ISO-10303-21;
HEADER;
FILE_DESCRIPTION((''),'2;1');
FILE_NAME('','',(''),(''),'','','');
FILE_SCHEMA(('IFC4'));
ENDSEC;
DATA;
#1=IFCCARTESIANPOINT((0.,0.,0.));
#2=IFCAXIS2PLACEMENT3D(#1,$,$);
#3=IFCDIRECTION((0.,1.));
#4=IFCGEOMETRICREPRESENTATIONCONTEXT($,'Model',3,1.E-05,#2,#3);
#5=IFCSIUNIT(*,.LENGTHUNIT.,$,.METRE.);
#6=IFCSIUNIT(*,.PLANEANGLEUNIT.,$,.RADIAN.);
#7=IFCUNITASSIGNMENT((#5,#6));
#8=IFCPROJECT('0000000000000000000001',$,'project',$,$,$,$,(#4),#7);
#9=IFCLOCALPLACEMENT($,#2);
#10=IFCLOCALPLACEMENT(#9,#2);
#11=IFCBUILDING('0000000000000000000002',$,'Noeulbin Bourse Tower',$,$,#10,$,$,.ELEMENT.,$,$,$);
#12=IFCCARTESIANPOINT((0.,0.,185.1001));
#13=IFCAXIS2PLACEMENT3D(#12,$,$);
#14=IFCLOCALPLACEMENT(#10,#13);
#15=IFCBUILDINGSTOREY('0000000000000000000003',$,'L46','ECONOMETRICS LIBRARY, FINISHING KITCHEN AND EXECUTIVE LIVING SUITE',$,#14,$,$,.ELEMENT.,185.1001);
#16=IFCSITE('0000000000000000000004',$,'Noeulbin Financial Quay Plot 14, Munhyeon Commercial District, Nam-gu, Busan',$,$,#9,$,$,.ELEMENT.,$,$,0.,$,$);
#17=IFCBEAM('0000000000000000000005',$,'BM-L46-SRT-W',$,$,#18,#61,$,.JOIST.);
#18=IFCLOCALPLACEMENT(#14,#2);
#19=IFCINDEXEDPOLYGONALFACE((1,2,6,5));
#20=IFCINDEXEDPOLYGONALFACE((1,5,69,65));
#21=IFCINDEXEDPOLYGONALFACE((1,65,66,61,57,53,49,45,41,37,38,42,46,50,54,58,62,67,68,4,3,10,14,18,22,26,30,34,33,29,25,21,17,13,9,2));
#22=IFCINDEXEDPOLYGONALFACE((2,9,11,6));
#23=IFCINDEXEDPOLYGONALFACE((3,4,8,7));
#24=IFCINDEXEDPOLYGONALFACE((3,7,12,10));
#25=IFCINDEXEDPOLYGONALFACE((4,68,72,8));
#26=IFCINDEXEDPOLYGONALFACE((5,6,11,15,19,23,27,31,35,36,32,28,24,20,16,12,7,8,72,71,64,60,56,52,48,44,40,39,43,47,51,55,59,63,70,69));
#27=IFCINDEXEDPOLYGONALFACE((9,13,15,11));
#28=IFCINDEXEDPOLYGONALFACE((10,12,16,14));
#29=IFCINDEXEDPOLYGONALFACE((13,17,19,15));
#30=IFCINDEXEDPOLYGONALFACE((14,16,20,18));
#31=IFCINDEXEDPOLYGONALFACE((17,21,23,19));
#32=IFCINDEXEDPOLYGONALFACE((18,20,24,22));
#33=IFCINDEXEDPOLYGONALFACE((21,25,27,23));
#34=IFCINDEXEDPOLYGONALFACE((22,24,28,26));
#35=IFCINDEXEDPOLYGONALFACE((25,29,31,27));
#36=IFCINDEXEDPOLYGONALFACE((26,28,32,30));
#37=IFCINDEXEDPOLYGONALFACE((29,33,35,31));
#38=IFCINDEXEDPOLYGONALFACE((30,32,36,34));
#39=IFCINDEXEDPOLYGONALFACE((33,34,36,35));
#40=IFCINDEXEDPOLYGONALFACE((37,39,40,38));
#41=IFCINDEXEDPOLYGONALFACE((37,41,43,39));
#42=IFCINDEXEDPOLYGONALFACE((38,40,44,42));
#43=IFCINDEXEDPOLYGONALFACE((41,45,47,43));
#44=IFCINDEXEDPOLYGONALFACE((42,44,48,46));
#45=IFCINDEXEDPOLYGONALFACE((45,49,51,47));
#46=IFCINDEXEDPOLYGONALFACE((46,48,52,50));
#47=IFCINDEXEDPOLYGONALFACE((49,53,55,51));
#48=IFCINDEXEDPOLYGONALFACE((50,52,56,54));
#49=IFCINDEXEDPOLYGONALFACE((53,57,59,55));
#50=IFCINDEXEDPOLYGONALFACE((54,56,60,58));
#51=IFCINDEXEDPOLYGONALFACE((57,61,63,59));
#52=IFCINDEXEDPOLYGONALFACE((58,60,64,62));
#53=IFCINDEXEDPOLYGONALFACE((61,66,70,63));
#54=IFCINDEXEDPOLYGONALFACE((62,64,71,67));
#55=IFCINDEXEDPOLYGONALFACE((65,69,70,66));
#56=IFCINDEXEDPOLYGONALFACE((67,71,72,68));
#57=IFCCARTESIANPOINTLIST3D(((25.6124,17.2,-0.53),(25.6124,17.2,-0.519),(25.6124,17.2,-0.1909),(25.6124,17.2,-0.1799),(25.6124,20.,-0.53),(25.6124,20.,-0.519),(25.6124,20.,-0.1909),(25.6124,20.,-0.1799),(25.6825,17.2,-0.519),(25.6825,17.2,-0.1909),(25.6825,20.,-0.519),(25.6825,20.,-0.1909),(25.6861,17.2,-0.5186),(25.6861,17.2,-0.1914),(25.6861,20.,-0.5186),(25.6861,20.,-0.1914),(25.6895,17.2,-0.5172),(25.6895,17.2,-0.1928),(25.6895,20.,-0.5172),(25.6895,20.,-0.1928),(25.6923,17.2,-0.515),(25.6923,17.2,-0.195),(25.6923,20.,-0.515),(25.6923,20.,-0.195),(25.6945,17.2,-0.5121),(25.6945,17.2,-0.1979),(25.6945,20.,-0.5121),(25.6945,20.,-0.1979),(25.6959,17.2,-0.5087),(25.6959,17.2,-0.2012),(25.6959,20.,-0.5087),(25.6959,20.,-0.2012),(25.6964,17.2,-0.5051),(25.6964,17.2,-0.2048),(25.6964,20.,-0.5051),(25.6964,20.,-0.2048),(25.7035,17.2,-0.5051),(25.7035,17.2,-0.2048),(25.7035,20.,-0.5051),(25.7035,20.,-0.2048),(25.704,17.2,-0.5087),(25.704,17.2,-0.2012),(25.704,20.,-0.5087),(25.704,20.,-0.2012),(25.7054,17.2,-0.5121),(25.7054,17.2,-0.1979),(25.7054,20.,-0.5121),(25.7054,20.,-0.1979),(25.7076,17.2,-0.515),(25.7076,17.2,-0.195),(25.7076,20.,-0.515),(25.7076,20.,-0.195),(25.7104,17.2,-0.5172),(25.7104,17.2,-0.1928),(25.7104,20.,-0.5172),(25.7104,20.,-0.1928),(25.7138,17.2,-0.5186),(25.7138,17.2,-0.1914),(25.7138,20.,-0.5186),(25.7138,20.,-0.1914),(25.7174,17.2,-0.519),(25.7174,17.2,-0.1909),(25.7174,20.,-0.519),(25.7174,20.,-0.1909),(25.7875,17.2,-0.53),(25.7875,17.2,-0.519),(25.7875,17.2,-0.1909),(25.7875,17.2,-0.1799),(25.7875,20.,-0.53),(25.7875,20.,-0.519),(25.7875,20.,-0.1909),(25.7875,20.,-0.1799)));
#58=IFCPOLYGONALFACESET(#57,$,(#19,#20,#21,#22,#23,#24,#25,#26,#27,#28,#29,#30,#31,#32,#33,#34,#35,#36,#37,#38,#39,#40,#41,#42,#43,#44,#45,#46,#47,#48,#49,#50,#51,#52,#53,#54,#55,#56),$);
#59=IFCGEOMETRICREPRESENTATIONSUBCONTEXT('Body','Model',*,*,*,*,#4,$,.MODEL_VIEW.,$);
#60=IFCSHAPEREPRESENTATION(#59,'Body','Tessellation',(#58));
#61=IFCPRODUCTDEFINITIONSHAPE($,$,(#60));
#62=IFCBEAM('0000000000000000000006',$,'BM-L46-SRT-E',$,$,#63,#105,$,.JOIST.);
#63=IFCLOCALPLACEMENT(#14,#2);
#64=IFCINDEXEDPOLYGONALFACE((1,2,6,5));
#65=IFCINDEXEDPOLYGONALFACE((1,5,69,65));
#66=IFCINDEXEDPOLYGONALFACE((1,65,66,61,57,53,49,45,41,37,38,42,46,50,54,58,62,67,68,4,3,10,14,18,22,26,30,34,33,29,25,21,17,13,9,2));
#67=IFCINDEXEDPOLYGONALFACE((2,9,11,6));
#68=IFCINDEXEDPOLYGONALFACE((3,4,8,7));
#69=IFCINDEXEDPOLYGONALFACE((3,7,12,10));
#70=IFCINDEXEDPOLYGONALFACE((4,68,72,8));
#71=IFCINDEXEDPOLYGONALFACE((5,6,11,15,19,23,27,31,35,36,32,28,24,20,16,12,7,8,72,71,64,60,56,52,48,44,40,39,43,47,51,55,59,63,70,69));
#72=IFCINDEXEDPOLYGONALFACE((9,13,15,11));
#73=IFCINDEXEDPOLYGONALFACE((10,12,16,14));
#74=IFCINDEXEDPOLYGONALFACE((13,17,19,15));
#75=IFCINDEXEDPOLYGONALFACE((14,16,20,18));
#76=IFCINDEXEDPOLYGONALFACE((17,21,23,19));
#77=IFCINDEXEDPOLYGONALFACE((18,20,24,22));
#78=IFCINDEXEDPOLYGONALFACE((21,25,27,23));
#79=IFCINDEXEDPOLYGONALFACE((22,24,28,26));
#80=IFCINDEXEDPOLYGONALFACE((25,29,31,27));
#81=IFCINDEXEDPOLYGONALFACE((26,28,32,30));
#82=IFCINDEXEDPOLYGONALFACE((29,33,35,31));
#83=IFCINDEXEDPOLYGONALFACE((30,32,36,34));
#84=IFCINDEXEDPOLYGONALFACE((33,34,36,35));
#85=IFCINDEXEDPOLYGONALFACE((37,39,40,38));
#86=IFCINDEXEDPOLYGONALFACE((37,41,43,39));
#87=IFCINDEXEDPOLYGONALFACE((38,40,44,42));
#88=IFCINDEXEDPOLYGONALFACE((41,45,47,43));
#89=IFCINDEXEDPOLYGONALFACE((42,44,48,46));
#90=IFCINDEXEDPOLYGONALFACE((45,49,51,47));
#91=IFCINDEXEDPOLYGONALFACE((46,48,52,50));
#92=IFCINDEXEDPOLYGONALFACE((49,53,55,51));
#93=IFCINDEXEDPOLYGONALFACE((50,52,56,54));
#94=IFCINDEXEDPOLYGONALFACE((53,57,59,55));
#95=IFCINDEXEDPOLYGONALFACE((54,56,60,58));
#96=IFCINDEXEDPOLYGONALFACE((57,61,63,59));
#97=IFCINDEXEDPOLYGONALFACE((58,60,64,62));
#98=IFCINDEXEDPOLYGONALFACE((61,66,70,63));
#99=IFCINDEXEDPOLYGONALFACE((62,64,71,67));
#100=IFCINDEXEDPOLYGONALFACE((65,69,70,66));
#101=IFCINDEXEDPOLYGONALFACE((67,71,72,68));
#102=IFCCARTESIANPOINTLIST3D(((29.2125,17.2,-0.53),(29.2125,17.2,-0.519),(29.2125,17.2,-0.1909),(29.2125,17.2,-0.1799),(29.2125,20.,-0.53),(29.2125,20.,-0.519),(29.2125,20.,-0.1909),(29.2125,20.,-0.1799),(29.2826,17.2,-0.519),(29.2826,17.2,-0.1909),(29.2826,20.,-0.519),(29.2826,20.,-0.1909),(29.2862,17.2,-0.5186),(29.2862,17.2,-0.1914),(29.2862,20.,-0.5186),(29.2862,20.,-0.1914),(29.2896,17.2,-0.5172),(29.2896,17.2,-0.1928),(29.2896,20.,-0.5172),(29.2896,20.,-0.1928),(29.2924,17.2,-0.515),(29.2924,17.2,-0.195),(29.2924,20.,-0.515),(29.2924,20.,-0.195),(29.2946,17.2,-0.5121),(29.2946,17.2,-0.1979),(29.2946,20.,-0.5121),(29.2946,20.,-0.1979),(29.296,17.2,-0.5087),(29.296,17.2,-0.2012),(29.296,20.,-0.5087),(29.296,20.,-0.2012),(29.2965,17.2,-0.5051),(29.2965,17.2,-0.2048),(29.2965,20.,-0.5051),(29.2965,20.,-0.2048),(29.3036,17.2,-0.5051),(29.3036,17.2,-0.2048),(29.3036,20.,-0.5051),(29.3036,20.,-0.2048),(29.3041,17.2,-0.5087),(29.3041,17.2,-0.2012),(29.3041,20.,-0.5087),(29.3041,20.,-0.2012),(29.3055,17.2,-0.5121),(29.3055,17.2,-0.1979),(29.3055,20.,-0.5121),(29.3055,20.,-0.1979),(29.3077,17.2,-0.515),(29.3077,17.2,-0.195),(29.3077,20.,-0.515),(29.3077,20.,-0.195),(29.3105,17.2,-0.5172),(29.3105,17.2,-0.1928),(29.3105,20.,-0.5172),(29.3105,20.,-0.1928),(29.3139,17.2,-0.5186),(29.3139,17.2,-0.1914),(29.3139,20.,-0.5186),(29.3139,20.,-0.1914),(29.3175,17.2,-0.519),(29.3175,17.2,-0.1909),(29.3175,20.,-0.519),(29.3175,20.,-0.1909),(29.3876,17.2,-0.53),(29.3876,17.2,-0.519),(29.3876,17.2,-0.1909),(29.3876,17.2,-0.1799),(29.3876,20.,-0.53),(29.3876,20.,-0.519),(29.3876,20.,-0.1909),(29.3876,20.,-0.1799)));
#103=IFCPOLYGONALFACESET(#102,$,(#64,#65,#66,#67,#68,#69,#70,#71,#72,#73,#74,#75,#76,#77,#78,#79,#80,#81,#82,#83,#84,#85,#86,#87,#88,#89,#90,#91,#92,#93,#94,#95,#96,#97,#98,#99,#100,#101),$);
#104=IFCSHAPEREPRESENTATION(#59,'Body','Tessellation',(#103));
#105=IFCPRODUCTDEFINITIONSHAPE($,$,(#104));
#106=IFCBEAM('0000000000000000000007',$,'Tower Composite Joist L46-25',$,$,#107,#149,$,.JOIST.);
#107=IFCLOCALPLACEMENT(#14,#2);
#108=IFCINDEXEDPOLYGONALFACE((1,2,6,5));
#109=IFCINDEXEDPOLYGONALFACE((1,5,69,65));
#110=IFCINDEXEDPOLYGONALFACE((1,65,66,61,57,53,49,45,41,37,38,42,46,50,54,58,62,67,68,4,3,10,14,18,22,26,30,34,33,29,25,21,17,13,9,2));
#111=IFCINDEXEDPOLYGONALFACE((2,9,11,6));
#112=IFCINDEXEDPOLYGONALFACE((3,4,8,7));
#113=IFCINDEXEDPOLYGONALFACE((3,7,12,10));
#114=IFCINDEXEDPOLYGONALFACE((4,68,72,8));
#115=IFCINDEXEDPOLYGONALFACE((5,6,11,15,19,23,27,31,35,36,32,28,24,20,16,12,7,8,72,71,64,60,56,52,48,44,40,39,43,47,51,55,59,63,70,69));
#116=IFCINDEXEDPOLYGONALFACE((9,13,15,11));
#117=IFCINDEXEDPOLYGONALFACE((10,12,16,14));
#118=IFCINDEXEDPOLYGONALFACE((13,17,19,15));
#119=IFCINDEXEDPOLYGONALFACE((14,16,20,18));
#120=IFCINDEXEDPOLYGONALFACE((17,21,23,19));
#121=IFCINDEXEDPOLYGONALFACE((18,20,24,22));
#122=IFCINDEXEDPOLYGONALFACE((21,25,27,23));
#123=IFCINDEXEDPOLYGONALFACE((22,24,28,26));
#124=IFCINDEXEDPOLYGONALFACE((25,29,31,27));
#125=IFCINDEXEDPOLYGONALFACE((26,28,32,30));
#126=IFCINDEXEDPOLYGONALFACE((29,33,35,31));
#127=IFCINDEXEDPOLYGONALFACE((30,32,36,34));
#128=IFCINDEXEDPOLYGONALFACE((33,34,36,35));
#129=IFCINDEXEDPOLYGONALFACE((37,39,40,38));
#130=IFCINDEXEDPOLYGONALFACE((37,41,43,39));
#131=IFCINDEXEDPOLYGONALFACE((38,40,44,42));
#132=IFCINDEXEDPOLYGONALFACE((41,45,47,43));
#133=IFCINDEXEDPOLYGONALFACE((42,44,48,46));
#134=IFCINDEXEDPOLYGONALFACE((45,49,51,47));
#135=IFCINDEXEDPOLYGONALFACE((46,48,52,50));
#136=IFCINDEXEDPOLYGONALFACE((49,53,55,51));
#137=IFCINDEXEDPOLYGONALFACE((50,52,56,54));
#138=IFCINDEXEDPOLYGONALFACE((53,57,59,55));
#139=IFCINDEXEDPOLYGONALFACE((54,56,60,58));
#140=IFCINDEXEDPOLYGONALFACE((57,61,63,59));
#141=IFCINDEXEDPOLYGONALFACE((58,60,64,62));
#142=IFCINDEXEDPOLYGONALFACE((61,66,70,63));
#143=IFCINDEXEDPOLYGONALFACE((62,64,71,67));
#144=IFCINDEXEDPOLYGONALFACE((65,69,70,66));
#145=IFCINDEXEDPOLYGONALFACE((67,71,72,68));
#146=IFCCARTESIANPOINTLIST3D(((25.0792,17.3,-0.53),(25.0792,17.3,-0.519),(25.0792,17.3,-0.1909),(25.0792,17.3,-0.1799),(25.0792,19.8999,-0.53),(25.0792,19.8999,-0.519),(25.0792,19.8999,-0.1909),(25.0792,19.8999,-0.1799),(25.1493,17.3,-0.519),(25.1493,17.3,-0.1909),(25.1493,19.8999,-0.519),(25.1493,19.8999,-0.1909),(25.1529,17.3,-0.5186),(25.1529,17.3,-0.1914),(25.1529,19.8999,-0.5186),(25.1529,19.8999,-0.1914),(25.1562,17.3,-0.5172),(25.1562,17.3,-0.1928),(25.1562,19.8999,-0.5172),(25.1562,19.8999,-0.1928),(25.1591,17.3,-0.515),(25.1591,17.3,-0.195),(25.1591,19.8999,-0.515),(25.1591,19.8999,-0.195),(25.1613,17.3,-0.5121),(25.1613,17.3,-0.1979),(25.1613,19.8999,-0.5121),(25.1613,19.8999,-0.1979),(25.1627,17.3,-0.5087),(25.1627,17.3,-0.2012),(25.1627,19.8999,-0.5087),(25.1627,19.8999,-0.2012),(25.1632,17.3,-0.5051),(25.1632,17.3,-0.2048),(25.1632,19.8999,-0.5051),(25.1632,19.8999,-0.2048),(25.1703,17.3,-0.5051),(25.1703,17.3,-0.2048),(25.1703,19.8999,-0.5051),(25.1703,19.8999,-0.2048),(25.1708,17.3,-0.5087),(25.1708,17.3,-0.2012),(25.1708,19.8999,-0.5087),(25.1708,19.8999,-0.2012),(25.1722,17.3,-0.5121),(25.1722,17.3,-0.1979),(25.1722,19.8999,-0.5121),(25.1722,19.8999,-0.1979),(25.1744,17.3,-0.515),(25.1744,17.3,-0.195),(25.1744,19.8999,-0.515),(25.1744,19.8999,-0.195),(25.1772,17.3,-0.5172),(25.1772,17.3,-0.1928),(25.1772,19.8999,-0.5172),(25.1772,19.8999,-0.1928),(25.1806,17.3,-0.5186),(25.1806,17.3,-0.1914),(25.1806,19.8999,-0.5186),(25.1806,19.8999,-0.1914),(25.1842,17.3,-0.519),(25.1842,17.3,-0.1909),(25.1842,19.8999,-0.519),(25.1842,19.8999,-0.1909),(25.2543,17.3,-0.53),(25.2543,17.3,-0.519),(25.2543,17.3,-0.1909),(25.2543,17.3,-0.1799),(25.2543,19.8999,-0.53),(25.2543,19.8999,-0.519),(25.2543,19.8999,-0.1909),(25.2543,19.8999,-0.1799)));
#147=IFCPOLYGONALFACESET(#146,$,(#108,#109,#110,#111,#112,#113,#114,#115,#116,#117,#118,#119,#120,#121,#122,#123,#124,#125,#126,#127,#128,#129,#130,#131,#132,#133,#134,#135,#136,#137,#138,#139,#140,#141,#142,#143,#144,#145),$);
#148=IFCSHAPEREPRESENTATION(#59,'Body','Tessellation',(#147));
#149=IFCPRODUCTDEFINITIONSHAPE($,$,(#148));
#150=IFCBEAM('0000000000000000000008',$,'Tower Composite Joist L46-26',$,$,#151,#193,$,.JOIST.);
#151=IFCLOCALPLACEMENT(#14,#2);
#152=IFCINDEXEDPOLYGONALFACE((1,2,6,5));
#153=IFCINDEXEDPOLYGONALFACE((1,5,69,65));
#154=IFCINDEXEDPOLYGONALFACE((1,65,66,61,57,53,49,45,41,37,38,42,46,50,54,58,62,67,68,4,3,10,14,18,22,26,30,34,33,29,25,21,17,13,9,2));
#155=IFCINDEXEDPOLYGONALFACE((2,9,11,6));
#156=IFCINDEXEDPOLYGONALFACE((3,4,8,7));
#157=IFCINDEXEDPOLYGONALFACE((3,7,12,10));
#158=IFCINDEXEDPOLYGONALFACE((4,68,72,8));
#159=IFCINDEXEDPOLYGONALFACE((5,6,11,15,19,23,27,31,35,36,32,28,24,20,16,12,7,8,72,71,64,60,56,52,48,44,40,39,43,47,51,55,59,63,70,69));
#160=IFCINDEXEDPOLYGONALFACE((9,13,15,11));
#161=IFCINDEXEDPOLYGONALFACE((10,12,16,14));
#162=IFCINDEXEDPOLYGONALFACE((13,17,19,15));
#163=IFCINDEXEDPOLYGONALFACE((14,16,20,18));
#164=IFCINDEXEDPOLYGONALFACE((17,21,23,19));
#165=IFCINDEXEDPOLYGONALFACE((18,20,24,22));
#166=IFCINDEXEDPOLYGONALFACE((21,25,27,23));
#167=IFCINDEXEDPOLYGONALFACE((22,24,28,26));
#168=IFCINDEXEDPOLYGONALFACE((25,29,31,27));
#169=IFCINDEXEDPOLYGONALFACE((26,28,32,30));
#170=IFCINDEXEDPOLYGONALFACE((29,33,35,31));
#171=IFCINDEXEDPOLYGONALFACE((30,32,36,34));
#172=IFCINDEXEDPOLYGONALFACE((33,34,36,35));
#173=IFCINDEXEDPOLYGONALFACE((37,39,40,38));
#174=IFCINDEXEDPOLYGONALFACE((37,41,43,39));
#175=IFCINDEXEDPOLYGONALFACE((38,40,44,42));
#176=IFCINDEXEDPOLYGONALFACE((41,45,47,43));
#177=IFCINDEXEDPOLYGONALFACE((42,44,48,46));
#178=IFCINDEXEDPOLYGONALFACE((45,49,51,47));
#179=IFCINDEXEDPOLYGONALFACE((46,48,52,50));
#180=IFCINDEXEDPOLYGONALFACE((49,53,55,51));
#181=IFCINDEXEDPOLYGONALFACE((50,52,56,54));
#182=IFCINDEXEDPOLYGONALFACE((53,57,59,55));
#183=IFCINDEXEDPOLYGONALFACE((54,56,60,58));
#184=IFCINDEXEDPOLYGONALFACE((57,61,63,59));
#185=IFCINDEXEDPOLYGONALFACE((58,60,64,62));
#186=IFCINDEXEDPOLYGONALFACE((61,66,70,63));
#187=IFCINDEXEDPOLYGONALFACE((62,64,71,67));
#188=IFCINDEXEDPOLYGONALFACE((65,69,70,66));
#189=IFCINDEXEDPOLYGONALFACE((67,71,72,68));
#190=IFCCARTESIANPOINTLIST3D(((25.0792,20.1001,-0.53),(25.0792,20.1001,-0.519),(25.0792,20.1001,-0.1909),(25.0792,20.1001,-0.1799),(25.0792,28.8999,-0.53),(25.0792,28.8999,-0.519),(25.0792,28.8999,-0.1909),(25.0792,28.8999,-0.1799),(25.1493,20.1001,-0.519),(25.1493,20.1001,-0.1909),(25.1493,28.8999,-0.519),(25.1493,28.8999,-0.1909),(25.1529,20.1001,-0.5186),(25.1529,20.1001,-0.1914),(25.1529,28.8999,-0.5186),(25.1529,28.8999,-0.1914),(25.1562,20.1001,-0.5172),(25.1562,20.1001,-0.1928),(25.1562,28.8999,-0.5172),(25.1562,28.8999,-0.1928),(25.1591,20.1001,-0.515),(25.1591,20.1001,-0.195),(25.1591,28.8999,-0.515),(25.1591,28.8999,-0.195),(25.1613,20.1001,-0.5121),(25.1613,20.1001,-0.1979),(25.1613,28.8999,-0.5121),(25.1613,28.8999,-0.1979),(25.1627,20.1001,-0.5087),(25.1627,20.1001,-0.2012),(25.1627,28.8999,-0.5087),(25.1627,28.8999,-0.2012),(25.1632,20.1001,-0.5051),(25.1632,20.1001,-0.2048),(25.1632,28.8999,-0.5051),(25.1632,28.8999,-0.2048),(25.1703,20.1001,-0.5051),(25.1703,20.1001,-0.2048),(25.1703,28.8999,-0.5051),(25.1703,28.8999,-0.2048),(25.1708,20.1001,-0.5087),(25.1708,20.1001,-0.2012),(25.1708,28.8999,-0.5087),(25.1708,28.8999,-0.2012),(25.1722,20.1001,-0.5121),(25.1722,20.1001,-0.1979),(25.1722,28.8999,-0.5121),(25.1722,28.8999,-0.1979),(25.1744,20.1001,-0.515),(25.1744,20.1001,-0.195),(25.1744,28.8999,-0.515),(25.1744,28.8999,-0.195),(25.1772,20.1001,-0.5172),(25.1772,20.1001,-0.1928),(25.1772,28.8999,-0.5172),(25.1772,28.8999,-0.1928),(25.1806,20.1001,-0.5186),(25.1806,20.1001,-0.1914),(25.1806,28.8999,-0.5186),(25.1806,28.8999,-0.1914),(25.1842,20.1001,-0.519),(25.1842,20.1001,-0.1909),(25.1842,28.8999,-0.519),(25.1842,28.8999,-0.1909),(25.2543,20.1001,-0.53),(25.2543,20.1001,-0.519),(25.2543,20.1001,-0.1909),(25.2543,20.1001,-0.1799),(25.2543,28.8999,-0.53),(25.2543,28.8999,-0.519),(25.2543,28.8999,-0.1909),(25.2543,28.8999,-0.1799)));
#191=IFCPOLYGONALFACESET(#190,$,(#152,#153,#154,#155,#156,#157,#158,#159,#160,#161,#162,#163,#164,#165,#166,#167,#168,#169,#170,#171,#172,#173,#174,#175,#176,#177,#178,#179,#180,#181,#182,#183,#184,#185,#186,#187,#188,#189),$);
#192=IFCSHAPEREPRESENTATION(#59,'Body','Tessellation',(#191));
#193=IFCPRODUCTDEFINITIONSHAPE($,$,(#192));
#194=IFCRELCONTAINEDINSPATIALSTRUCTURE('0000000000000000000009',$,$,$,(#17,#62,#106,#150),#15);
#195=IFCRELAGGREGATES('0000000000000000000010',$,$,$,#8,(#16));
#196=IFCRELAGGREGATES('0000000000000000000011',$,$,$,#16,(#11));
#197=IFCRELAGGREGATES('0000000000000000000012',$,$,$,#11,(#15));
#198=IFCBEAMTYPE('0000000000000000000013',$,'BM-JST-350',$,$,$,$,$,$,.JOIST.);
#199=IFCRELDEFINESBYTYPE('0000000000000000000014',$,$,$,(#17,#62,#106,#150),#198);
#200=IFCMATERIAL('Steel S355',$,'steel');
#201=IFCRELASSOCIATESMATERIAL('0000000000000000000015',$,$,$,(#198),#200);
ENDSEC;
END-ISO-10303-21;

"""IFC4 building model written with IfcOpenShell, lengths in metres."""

from ifc_helpers import new_model, si_unit, direction, frame, origin, origin_2d, place, context, subcontext, project, spatial, i_section, extrude, material, material_profile, profile_set, type_object, element, save


model = new_model("IFC4")

# Units and contexts
model_context = context("Model", 3, precision=1e-05, world=origin(), true_north=direction((0.0, 1.0)))
body_context = subcontext(model_context, "Body", "Model", "MODEL_VIEW")
ifc_project = project(units=[si_unit("LENGTHUNIT", "METRE"), si_unit("PLANEANGLEUNIT", "RADIAN")], contexts=[model_context])

# Site, building, storey
site_placement = place(None, origin())
site = spatial("IfcSite", under=ifc_project, at=site_placement, Name="Noeulbin Financial Quay Plot 14, Munhyeon Commercial District, Nam-gu, Busan", CompositionType="ELEMENT", RefElevation=0.0)
building_placement = place(site_placement, origin())
building = spatial("IfcBuilding", under=site, at=building_placement, Name="Noeulbin Bourse Tower", CompositionType="ELEMENT")
storey_placement = place(building_placement, frame((0.0, 0.0, 185.1001)))
storey = spatial("IfcBuildingStorey", under=building, at=storey_placement, Name="L46", Description="ECONOMETRICS LIBRARY, FINISHING KITCHEN AND EXECUTIVE LIVING SUITE", CompositionType="ELEMENT", Elevation=185.1001)

# Beams
ifc_material_1 = material(Name="Steel S355", Category="steel")
ifc_material_profile_1 = material_profile(ifc_material_1, i_section(OverallWidth=0.175, OverallDepth=0.3501, WebThickness=0.0071, FlangeThickness=0.011, FilletRadius=0.0139, at=origin_2d()), Name="H-350x175x7x11", Category="LoadBearing")
ifc_profile_set_1 = profile_set([ifc_material_profile_1], Name="Steel S355")
beam_type_1 = type_object("IfcBeamType", Name="BM-JST-350", PredefinedType="JOIST", material=ifc_profile_set_1)
for number, where, z_axis, x_axis, name in (
    (1, (25.7, 17.2, -0.355), (0.0, 1.0, 0.0), (-1.0, 0.0, 0.0), "BM-L46-SRT-W"),
    (2, (29.3, 17.2, -0.355), (0.0, 1.0, 0.0), (-1.0, 0.0, 0.0), "BM-L46-SRT-E"),
):
    element("IfcBeam", number, at=place(storey_placement, frame(where, z_axis=z_axis, x_axis=x_axis)), inside=storey, type_object=beam_type_1, Name=name, PredefinedType="JOIST", context=body_context, shape_type="SweptSolid", body=[
        extrude(i_section(OverallWidth=0.175, OverallDepth=0.3501, WebThickness=0.0071, FlangeThickness=0.011, FilletRadius=0.0139, at=origin_2d()), origin(), (0.0, 0.0, 1.0), 2.8),
    ])
beam_1_placement = place(storey_placement, frame((25.1667, 17.3, -0.355), z_axis=(0.0, 1.0, 0.0), x_axis=(-1.0, 0.0, 0.0)))
element("IfcBeam", 3, at=beam_1_placement, inside=storey, type_object=beam_type_1, Name="Tower Composite Joist L46-25", PredefinedType="JOIST", context=body_context, shape_type="SweptSolid", body=[
    extrude(i_section(OverallWidth=0.175, OverallDepth=0.3501, WebThickness=0.0071, FlangeThickness=0.011, FilletRadius=0.0139, at=origin_2d()), origin(), (0.0, 0.0, 1.0), 2.5999),
])
for number, where, z_axis, x_axis, name in (
    (4, (25.1667, 20.1001, -0.355), (0.0, 1.0, 0.0), (-1.0, 0.0, 0.0), "Tower Composite Joist L46-26"),
):
    element("IfcBeam", number, at=place(storey_placement, frame(where, z_axis=z_axis, x_axis=x_axis)), inside=storey, type_object=beam_type_1, Name=name, PredefinedType="JOIST", context=body_context, shape_type="SweptSolid", body=[
        extrude(i_section(OverallWidth=0.175, OverallDepth=0.3501, WebThickness=0.0071, FlangeThickness=0.011, FilletRadius=0.0139, at=origin_2d()), origin(), (0.0, 0.0, 1.0), 8.7998),
    ])

save(model, "model.ifc")
